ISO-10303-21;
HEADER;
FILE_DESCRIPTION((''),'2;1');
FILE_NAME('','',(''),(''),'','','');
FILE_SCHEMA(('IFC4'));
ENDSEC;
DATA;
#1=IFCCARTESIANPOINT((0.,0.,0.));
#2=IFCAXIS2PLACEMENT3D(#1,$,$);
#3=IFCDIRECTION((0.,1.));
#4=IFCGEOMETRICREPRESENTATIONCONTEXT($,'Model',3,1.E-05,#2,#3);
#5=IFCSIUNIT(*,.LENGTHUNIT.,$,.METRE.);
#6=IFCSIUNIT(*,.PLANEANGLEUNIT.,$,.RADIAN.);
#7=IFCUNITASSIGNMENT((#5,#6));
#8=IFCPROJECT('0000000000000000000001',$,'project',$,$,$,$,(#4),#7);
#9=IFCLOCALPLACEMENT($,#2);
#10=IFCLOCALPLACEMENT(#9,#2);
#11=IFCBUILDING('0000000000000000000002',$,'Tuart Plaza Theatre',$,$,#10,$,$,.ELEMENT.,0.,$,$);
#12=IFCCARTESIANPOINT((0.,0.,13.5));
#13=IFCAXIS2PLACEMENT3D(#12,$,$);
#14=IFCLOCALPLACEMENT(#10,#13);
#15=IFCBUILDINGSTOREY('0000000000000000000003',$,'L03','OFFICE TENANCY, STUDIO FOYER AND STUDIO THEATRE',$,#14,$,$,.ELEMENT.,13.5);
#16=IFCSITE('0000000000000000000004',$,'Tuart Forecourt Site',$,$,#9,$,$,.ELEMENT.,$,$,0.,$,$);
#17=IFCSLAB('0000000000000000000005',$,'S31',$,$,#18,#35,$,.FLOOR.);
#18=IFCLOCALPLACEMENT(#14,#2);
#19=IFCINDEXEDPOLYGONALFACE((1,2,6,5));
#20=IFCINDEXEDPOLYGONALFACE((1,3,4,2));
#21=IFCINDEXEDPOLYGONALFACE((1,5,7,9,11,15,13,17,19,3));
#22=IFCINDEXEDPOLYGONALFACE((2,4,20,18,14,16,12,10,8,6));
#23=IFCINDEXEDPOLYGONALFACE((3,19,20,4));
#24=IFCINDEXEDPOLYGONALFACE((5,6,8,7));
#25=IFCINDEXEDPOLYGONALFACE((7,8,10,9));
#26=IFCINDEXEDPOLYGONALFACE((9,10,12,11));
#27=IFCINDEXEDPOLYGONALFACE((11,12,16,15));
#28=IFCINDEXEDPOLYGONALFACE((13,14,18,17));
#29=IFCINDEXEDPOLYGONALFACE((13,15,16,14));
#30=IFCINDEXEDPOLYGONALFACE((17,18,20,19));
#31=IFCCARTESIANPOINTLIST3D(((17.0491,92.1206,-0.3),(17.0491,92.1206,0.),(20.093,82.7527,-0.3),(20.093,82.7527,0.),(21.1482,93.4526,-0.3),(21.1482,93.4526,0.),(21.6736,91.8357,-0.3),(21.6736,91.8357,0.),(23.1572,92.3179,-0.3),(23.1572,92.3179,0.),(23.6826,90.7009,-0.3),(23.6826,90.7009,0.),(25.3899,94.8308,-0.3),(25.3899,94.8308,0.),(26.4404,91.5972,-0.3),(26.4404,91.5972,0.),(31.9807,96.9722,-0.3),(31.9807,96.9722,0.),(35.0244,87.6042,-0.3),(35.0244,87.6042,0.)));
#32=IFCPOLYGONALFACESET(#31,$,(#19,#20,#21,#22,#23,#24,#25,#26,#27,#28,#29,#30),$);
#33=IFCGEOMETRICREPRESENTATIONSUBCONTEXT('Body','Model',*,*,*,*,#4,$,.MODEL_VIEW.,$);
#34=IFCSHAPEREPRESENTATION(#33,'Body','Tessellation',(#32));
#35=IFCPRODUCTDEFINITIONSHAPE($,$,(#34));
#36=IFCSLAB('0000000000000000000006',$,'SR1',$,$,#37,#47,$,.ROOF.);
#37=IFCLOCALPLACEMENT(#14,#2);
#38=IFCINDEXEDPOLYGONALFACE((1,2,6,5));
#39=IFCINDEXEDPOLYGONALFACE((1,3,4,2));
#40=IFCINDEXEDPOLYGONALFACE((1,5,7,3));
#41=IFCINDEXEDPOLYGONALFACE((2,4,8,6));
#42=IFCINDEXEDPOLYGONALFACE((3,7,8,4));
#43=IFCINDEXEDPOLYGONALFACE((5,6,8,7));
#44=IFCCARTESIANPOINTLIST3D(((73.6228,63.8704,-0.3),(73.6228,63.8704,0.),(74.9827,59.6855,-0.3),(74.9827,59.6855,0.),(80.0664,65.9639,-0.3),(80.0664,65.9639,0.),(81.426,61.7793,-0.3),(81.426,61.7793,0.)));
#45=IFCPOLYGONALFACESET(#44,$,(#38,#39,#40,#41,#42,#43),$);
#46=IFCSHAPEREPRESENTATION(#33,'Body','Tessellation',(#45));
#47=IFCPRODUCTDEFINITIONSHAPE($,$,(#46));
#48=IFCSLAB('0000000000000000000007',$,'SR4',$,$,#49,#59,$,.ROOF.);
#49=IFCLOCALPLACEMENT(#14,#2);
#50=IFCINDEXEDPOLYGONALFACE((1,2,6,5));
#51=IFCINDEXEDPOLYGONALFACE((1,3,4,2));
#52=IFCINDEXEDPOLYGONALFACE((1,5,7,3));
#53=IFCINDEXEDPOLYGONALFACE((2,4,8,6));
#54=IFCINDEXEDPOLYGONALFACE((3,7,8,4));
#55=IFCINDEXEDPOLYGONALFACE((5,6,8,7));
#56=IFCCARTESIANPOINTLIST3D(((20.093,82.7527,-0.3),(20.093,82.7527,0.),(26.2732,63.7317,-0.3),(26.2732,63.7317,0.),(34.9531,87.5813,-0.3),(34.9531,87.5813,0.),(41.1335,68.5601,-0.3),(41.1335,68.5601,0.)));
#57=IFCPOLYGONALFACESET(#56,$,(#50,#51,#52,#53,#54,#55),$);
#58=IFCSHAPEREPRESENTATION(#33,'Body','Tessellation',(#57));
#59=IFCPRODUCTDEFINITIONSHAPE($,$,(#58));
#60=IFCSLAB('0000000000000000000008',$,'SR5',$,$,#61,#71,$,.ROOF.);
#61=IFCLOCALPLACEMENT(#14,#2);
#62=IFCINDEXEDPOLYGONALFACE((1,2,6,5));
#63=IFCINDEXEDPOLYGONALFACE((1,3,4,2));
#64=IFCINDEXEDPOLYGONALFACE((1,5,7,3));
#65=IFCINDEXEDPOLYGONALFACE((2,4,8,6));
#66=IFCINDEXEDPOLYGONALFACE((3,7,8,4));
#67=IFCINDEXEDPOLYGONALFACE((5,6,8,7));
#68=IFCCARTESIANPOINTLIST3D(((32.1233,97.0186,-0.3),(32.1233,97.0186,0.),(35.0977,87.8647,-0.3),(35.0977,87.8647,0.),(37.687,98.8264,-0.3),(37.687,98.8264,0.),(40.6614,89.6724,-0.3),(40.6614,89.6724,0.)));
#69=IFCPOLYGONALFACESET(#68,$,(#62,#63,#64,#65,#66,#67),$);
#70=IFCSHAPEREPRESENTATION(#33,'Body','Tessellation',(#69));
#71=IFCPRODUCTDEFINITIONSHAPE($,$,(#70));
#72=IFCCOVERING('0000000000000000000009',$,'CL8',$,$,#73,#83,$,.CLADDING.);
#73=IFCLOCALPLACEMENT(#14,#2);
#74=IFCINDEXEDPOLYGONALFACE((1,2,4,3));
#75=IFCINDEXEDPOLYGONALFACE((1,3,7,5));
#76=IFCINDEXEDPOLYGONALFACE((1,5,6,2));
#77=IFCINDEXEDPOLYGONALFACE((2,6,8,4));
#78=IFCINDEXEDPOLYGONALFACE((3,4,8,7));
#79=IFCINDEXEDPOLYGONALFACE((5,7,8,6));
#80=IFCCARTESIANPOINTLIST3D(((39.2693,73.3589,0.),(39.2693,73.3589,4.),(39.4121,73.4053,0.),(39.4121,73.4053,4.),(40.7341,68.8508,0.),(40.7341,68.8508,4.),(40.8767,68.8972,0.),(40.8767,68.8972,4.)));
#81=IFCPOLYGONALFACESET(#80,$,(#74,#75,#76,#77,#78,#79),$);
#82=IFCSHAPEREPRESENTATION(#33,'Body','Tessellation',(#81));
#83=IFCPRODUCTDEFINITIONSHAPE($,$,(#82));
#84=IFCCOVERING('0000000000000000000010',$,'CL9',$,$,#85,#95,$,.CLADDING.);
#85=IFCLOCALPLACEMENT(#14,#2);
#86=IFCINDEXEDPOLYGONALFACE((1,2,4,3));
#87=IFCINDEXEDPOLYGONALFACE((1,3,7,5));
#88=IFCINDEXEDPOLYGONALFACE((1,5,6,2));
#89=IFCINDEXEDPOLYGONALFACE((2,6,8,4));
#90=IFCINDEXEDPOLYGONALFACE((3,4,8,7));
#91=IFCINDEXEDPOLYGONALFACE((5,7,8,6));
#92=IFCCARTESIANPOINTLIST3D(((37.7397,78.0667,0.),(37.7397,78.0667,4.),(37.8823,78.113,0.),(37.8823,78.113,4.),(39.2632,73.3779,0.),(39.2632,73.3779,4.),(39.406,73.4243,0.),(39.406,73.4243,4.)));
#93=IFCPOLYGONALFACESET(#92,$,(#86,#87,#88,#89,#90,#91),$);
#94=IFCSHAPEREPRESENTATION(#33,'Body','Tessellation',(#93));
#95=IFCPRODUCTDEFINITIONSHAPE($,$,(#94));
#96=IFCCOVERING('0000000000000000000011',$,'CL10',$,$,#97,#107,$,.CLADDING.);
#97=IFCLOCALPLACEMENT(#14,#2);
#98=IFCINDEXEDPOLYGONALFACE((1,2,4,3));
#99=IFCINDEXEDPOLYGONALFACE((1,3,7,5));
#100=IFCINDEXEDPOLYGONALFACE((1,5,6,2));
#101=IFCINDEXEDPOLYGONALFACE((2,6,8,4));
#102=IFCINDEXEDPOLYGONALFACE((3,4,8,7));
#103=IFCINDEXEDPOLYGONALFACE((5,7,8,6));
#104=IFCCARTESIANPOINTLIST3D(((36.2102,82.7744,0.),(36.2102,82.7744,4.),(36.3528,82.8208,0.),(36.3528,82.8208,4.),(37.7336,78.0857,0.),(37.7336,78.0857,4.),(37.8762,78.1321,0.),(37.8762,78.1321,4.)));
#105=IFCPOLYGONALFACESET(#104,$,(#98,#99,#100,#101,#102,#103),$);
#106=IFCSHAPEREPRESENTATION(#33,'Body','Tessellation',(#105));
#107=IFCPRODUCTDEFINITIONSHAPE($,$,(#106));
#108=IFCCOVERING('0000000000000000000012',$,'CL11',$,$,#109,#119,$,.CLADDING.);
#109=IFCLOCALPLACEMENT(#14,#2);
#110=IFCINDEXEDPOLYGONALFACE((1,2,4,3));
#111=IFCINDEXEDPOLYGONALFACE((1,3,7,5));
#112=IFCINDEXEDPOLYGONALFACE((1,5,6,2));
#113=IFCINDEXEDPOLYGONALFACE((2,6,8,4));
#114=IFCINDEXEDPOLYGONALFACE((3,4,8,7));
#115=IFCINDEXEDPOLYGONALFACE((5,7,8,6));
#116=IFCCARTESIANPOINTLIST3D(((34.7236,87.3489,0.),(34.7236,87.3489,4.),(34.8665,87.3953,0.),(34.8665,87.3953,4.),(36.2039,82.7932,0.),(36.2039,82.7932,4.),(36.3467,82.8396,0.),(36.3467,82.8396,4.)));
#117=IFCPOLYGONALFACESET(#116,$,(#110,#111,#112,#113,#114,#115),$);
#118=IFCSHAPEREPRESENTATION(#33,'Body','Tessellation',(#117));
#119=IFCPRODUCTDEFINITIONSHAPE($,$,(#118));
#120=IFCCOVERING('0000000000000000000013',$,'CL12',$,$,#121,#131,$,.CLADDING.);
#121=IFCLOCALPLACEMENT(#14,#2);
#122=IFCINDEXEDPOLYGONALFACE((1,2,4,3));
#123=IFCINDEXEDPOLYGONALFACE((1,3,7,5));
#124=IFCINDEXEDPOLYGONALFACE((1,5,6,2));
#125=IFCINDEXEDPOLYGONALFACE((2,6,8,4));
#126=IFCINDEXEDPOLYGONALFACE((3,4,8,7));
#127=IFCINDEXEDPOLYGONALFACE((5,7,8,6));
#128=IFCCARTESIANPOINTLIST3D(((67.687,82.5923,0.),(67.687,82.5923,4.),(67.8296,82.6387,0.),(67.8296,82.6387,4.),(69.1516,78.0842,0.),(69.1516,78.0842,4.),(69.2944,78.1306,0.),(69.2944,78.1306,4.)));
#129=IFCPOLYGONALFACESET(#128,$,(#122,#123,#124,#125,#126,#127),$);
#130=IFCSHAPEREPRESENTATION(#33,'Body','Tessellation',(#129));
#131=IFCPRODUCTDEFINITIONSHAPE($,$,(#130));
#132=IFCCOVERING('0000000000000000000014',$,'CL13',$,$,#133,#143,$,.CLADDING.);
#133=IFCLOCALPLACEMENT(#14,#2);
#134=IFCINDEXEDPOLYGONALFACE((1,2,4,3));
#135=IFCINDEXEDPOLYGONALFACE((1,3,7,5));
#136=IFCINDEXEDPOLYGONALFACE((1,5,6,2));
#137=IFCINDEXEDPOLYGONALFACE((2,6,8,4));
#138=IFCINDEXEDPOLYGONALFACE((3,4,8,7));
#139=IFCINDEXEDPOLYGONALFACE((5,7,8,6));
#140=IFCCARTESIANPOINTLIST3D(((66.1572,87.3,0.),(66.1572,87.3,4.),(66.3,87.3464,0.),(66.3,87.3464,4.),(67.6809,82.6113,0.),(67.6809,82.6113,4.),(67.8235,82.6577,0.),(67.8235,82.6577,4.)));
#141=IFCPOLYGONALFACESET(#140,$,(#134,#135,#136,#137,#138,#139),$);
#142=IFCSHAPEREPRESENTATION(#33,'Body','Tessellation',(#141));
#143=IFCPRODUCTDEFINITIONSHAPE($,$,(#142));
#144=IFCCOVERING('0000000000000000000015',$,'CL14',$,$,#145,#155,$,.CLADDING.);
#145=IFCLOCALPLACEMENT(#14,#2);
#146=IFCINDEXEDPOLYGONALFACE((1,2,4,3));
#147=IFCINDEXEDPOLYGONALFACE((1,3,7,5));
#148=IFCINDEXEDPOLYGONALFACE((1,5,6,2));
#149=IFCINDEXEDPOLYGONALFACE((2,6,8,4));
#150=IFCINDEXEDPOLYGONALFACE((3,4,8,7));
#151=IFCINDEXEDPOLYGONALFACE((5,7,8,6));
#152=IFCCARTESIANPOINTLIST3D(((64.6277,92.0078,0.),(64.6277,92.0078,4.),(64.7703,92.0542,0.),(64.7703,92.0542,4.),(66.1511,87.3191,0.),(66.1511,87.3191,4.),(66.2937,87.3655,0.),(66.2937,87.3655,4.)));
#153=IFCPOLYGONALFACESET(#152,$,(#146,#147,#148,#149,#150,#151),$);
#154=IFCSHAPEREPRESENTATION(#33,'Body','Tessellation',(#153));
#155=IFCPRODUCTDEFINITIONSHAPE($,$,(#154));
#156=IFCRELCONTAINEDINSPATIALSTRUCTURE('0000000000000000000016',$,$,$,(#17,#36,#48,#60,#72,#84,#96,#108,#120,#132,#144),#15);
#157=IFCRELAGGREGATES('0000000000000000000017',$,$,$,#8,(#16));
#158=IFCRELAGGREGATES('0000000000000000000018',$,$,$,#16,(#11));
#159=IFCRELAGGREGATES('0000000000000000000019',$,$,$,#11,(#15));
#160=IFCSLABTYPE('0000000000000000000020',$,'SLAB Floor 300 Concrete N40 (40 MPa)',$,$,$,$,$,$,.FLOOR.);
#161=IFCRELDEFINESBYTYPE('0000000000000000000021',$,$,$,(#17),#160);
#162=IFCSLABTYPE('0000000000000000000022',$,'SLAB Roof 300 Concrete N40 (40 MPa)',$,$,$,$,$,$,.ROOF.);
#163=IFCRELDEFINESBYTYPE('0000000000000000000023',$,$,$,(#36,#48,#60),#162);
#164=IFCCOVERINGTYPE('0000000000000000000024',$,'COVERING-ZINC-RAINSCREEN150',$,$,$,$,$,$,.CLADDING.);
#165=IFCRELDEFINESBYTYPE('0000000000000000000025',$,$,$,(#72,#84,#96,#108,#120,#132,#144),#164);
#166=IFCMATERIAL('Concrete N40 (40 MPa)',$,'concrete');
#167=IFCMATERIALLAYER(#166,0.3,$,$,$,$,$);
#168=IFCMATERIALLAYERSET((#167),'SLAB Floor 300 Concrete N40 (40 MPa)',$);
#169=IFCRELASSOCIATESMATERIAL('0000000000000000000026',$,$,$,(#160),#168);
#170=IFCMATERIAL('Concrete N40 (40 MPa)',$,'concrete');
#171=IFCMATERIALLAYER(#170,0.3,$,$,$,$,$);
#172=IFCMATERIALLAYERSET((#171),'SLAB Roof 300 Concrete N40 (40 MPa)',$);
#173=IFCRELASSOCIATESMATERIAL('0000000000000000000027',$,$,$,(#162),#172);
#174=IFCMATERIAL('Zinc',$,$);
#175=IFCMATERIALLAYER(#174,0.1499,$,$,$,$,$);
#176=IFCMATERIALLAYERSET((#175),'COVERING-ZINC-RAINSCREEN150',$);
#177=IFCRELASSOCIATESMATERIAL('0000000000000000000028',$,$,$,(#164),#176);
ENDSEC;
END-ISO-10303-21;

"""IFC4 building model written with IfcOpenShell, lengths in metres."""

from ifc_helpers import new_model, si_unit, direction, frame, origin, place, context, subcontext, project, spatial, polyline, outline, extrude, material, layer, layer_set, type_object, element, save


model = new_model("IFC4")

# Units and contexts
model_context = context("Model", 3, precision=1e-05, world=origin(), true_north=direction((0.0, 1.0)))
body_context = subcontext(model_context, "Body", "Model", "MODEL_VIEW")
ifc_project = project(units=[si_unit("LENGTHUNIT", "METRE"), si_unit("PLANEANGLEUNIT", "RADIAN")], contexts=[model_context])

# Site, building, storey
site_placement = place(None, origin())
site = spatial("IfcSite", under=ifc_project, at=site_placement, Name="Tuart Forecourt Site", CompositionType="ELEMENT", RefElevation=0.0)
building_placement = place(site_placement, origin())
building = spatial("IfcBuilding", under=site, at=building_placement, Name="Tuart Plaza Theatre", CompositionType="ELEMENT", ElevationOfRefHeight=0.0)
storey_placement = place(building_placement, frame((0.0, 0.0, 13.5)))
storey = spatial("IfcBuildingStorey", under=building, at=storey_placement, Name="L03", Description="OFFICE TENANCY, STUDIO FOYER AND STUDIO THEATRE", CompositionType="ELEMENT", Elevation=13.5)

# Slabs
ifc_material_1 = material(Name="Concrete N40 (40 MPa)", Category="concrete")
ifc_layer_1 = layer(ifc_material_1, 0.3)
ifc_layer_set_1 = layer_set([ifc_layer_1], Name="SLAB Floor 300 Concrete N40 (40 MPa)")
slab_type_1 = type_object("IfcSlabType", Name="SLAB Floor 300 Concrete N40 (40 MPa)", PredefinedType="FLOOR", material=ifc_layer_set_1)
slab_1_placement = place(storey_placement, frame((0.0, 0.0, -0.3)))
element("IfcSlab", 1, at=slab_1_placement, inside=storey, type_object=slab_type_1, Name="S31", PredefinedType="FLOOR", context=body_context, shape_type="SweptSolid", body=[
    extrude(outline(polyline([(25.3899, 94.8308), (26.4404, 91.5972), (23.6826, 90.7009), (23.1572, 92.3179), (21.6736, 91.8357), (21.1482, 93.4526), (17.0491, 92.1206), (20.093, 82.7527), (35.0244, 87.6042), (31.9807, 96.9722), (25.3899, 94.8308)])), origin(), (0.0, 0.0, 1.0), 0.3),
])
ifc_material_2 = material(Name="Concrete N40 (40 MPa)", Category="concrete")
ifc_layer_2 = layer(ifc_material_2, 0.3)
ifc_layer_set_2 = layer_set([ifc_layer_2], Name="SLAB Roof 300 Concrete N40 (40 MPa)")
slab_type_2 = type_object("IfcSlabType", Name="SLAB Roof 300 Concrete N40 (40 MPa)", PredefinedType="ROOF", material=ifc_layer_set_2)
slab_2_placement = place(storey_placement, frame((0.0, 0.0, -0.3)))
element("IfcSlab", 2, at=slab_2_placement, inside=storey, type_object=slab_type_2, Name="SR1", PredefinedType="ROOF", context=body_context, shape_type="SweptSolid", body=[
    extrude(outline(polyline([(81.426, 61.7793), (80.0664, 65.9639), (73.6228, 63.8704), (74.9827, 59.6855), (81.426, 61.7793)])), origin(), (0.0, 0.0, 1.0), 0.3),
])
slab_3_placement = place(storey_placement, frame((0.0, 0.0, -0.3)))
element("IfcSlab", 3, at=slab_3_placement, inside=storey, type_object=slab_type_2, Name="SR4", PredefinedType="ROOF", context=body_context, shape_type="SweptSolid", body=[
    extrude(outline(polyline([(41.1335, 68.5601), (34.9531, 87.5813), (20.093, 82.7527), (26.2732, 63.7317), (41.1335, 68.5601)])), origin(), (0.0, 0.0, 1.0), 0.3),
])
slab_4_placement = place(storey_placement, frame((0.0, 0.0, -0.3)))
element("IfcSlab", 4, at=slab_4_placement, inside=storey, type_object=slab_type_2, Name="SR5", PredefinedType="ROOF", context=body_context, shape_type="SweptSolid", body=[
    extrude(outline(polyline([(40.6614, 89.6724), (37.687, 98.8264), (32.1233, 97.0186), (35.0977, 87.8647), (40.6614, 89.6724)])), origin(), (0.0, 0.0, 1.0), 0.3),
])

# Coverings
ifc_material_3 = material(Name="Zinc")
ifc_layer_3 = layer(ifc_material_3, 0.1499)
ifc_layer_set_3 = layer_set([ifc_layer_3], Name="COVERING-ZINC-RAINSCREEN150")
covering_type = type_object("IfcCoveringType", Name="COVERING-ZINC-RAINSCREEN150", PredefinedType="CLADDING", material=ifc_layer_set_3)
covering_1_placement = place(storey_placement, origin())
element("IfcCovering", 5, at=covering_1_placement, inside=storey, type_object=covering_type, Name="CL8", PredefinedType="CLADDING", context=body_context, shape_type="SweptSolid", body=[
    extrude(outline(polyline([(40.7341, 68.8508), (39.2693, 73.3589), (39.4121, 73.4053), (40.8767, 68.8972), (40.7341, 68.8508)])), origin(), (0.0, 0.0, 1.0), 4.0),
])
covering_2_placement = place(storey_placement, origin())
element("IfcCovering", 6, at=covering_2_placement, inside=storey, type_object=covering_type, Name="CL9", PredefinedType="CLADDING", context=body_context, shape_type="SweptSolid", body=[
    extrude(outline(polyline([(39.2632, 73.3779), (37.7397, 78.0667), (37.8823, 78.113), (39.406, 73.4243), (39.2632, 73.3779)])), origin(), (0.0, 0.0, 1.0), 4.0),
])
covering_3_placement = place(storey_placement, origin())
element("IfcCovering", 7, at=covering_3_placement, inside=storey, type_object=covering_type, Name="CL10", PredefinedType="CLADDING", context=body_context, shape_type="SweptSolid", body=[
    extrude(outline(polyline([(37.7336, 78.0857), (36.2102, 82.7744), (36.3528, 82.8208), (37.8762, 78.1321), (37.7336, 78.0857)])), origin(), (0.0, 0.0, 1.0), 4.0),
])
covering_4_placement = place(storey_placement, origin())
element("IfcCovering", 8, at=covering_4_placement, inside=storey, type_object=covering_type, Name="CL11", PredefinedType="CLADDING", context=body_context, shape_type="SweptSolid", body=[
    extrude(outline(polyline([(36.2039, 82.7932), (34.7236, 87.3489), (34.8665, 87.3953), (36.3467, 82.8396), (36.2039, 82.7932)])), origin(), (0.0, 0.0, 1.0), 4.0),
])
covering_5_placement = place(storey_placement, origin())
element("IfcCovering", 9, at=covering_5_placement, inside=storey, type_object=covering_type, Name="CL12", PredefinedType="CLADDING", context=body_context, shape_type="SweptSolid", body=[
    extrude(outline(polyline([(69.1516, 78.0842), (67.687, 82.5923), (67.8296, 82.6387), (69.2944, 78.1306), (69.1516, 78.0842)])), origin(), (0.0, 0.0, 1.0), 4.0),
])
covering_6_placement = place(storey_placement, origin())
element("IfcCovering", 10, at=covering_6_placement, inside=storey, type_object=covering_type, Name="CL13", PredefinedType="CLADDING", context=body_context, shape_type="SweptSolid", body=[
    extrude(outline(polyline([(67.6809, 82.6113), (66.1572, 87.3), (66.3, 87.3464), (67.8235, 82.6577), (67.6809, 82.6113)])), origin(), (0.0, 0.0, 1.0), 4.0),
])
covering_7_placement = place(storey_placement, origin())
element("IfcCovering", 11, at=covering_7_placement, inside=storey, type_object=covering_type, Name="CL14", PredefinedType="CLADDING", context=body_context, shape_type="SweptSolid", body=[
    extrude(outline(polyline([(66.1511, 87.3191), (64.6277, 92.0078), (64.7703, 92.0542), (66.2937, 87.3655), (66.1511, 87.3191)])), origin(), (0.0, 0.0, 1.0), 4.0),
])

save(model, "model.ifc")
